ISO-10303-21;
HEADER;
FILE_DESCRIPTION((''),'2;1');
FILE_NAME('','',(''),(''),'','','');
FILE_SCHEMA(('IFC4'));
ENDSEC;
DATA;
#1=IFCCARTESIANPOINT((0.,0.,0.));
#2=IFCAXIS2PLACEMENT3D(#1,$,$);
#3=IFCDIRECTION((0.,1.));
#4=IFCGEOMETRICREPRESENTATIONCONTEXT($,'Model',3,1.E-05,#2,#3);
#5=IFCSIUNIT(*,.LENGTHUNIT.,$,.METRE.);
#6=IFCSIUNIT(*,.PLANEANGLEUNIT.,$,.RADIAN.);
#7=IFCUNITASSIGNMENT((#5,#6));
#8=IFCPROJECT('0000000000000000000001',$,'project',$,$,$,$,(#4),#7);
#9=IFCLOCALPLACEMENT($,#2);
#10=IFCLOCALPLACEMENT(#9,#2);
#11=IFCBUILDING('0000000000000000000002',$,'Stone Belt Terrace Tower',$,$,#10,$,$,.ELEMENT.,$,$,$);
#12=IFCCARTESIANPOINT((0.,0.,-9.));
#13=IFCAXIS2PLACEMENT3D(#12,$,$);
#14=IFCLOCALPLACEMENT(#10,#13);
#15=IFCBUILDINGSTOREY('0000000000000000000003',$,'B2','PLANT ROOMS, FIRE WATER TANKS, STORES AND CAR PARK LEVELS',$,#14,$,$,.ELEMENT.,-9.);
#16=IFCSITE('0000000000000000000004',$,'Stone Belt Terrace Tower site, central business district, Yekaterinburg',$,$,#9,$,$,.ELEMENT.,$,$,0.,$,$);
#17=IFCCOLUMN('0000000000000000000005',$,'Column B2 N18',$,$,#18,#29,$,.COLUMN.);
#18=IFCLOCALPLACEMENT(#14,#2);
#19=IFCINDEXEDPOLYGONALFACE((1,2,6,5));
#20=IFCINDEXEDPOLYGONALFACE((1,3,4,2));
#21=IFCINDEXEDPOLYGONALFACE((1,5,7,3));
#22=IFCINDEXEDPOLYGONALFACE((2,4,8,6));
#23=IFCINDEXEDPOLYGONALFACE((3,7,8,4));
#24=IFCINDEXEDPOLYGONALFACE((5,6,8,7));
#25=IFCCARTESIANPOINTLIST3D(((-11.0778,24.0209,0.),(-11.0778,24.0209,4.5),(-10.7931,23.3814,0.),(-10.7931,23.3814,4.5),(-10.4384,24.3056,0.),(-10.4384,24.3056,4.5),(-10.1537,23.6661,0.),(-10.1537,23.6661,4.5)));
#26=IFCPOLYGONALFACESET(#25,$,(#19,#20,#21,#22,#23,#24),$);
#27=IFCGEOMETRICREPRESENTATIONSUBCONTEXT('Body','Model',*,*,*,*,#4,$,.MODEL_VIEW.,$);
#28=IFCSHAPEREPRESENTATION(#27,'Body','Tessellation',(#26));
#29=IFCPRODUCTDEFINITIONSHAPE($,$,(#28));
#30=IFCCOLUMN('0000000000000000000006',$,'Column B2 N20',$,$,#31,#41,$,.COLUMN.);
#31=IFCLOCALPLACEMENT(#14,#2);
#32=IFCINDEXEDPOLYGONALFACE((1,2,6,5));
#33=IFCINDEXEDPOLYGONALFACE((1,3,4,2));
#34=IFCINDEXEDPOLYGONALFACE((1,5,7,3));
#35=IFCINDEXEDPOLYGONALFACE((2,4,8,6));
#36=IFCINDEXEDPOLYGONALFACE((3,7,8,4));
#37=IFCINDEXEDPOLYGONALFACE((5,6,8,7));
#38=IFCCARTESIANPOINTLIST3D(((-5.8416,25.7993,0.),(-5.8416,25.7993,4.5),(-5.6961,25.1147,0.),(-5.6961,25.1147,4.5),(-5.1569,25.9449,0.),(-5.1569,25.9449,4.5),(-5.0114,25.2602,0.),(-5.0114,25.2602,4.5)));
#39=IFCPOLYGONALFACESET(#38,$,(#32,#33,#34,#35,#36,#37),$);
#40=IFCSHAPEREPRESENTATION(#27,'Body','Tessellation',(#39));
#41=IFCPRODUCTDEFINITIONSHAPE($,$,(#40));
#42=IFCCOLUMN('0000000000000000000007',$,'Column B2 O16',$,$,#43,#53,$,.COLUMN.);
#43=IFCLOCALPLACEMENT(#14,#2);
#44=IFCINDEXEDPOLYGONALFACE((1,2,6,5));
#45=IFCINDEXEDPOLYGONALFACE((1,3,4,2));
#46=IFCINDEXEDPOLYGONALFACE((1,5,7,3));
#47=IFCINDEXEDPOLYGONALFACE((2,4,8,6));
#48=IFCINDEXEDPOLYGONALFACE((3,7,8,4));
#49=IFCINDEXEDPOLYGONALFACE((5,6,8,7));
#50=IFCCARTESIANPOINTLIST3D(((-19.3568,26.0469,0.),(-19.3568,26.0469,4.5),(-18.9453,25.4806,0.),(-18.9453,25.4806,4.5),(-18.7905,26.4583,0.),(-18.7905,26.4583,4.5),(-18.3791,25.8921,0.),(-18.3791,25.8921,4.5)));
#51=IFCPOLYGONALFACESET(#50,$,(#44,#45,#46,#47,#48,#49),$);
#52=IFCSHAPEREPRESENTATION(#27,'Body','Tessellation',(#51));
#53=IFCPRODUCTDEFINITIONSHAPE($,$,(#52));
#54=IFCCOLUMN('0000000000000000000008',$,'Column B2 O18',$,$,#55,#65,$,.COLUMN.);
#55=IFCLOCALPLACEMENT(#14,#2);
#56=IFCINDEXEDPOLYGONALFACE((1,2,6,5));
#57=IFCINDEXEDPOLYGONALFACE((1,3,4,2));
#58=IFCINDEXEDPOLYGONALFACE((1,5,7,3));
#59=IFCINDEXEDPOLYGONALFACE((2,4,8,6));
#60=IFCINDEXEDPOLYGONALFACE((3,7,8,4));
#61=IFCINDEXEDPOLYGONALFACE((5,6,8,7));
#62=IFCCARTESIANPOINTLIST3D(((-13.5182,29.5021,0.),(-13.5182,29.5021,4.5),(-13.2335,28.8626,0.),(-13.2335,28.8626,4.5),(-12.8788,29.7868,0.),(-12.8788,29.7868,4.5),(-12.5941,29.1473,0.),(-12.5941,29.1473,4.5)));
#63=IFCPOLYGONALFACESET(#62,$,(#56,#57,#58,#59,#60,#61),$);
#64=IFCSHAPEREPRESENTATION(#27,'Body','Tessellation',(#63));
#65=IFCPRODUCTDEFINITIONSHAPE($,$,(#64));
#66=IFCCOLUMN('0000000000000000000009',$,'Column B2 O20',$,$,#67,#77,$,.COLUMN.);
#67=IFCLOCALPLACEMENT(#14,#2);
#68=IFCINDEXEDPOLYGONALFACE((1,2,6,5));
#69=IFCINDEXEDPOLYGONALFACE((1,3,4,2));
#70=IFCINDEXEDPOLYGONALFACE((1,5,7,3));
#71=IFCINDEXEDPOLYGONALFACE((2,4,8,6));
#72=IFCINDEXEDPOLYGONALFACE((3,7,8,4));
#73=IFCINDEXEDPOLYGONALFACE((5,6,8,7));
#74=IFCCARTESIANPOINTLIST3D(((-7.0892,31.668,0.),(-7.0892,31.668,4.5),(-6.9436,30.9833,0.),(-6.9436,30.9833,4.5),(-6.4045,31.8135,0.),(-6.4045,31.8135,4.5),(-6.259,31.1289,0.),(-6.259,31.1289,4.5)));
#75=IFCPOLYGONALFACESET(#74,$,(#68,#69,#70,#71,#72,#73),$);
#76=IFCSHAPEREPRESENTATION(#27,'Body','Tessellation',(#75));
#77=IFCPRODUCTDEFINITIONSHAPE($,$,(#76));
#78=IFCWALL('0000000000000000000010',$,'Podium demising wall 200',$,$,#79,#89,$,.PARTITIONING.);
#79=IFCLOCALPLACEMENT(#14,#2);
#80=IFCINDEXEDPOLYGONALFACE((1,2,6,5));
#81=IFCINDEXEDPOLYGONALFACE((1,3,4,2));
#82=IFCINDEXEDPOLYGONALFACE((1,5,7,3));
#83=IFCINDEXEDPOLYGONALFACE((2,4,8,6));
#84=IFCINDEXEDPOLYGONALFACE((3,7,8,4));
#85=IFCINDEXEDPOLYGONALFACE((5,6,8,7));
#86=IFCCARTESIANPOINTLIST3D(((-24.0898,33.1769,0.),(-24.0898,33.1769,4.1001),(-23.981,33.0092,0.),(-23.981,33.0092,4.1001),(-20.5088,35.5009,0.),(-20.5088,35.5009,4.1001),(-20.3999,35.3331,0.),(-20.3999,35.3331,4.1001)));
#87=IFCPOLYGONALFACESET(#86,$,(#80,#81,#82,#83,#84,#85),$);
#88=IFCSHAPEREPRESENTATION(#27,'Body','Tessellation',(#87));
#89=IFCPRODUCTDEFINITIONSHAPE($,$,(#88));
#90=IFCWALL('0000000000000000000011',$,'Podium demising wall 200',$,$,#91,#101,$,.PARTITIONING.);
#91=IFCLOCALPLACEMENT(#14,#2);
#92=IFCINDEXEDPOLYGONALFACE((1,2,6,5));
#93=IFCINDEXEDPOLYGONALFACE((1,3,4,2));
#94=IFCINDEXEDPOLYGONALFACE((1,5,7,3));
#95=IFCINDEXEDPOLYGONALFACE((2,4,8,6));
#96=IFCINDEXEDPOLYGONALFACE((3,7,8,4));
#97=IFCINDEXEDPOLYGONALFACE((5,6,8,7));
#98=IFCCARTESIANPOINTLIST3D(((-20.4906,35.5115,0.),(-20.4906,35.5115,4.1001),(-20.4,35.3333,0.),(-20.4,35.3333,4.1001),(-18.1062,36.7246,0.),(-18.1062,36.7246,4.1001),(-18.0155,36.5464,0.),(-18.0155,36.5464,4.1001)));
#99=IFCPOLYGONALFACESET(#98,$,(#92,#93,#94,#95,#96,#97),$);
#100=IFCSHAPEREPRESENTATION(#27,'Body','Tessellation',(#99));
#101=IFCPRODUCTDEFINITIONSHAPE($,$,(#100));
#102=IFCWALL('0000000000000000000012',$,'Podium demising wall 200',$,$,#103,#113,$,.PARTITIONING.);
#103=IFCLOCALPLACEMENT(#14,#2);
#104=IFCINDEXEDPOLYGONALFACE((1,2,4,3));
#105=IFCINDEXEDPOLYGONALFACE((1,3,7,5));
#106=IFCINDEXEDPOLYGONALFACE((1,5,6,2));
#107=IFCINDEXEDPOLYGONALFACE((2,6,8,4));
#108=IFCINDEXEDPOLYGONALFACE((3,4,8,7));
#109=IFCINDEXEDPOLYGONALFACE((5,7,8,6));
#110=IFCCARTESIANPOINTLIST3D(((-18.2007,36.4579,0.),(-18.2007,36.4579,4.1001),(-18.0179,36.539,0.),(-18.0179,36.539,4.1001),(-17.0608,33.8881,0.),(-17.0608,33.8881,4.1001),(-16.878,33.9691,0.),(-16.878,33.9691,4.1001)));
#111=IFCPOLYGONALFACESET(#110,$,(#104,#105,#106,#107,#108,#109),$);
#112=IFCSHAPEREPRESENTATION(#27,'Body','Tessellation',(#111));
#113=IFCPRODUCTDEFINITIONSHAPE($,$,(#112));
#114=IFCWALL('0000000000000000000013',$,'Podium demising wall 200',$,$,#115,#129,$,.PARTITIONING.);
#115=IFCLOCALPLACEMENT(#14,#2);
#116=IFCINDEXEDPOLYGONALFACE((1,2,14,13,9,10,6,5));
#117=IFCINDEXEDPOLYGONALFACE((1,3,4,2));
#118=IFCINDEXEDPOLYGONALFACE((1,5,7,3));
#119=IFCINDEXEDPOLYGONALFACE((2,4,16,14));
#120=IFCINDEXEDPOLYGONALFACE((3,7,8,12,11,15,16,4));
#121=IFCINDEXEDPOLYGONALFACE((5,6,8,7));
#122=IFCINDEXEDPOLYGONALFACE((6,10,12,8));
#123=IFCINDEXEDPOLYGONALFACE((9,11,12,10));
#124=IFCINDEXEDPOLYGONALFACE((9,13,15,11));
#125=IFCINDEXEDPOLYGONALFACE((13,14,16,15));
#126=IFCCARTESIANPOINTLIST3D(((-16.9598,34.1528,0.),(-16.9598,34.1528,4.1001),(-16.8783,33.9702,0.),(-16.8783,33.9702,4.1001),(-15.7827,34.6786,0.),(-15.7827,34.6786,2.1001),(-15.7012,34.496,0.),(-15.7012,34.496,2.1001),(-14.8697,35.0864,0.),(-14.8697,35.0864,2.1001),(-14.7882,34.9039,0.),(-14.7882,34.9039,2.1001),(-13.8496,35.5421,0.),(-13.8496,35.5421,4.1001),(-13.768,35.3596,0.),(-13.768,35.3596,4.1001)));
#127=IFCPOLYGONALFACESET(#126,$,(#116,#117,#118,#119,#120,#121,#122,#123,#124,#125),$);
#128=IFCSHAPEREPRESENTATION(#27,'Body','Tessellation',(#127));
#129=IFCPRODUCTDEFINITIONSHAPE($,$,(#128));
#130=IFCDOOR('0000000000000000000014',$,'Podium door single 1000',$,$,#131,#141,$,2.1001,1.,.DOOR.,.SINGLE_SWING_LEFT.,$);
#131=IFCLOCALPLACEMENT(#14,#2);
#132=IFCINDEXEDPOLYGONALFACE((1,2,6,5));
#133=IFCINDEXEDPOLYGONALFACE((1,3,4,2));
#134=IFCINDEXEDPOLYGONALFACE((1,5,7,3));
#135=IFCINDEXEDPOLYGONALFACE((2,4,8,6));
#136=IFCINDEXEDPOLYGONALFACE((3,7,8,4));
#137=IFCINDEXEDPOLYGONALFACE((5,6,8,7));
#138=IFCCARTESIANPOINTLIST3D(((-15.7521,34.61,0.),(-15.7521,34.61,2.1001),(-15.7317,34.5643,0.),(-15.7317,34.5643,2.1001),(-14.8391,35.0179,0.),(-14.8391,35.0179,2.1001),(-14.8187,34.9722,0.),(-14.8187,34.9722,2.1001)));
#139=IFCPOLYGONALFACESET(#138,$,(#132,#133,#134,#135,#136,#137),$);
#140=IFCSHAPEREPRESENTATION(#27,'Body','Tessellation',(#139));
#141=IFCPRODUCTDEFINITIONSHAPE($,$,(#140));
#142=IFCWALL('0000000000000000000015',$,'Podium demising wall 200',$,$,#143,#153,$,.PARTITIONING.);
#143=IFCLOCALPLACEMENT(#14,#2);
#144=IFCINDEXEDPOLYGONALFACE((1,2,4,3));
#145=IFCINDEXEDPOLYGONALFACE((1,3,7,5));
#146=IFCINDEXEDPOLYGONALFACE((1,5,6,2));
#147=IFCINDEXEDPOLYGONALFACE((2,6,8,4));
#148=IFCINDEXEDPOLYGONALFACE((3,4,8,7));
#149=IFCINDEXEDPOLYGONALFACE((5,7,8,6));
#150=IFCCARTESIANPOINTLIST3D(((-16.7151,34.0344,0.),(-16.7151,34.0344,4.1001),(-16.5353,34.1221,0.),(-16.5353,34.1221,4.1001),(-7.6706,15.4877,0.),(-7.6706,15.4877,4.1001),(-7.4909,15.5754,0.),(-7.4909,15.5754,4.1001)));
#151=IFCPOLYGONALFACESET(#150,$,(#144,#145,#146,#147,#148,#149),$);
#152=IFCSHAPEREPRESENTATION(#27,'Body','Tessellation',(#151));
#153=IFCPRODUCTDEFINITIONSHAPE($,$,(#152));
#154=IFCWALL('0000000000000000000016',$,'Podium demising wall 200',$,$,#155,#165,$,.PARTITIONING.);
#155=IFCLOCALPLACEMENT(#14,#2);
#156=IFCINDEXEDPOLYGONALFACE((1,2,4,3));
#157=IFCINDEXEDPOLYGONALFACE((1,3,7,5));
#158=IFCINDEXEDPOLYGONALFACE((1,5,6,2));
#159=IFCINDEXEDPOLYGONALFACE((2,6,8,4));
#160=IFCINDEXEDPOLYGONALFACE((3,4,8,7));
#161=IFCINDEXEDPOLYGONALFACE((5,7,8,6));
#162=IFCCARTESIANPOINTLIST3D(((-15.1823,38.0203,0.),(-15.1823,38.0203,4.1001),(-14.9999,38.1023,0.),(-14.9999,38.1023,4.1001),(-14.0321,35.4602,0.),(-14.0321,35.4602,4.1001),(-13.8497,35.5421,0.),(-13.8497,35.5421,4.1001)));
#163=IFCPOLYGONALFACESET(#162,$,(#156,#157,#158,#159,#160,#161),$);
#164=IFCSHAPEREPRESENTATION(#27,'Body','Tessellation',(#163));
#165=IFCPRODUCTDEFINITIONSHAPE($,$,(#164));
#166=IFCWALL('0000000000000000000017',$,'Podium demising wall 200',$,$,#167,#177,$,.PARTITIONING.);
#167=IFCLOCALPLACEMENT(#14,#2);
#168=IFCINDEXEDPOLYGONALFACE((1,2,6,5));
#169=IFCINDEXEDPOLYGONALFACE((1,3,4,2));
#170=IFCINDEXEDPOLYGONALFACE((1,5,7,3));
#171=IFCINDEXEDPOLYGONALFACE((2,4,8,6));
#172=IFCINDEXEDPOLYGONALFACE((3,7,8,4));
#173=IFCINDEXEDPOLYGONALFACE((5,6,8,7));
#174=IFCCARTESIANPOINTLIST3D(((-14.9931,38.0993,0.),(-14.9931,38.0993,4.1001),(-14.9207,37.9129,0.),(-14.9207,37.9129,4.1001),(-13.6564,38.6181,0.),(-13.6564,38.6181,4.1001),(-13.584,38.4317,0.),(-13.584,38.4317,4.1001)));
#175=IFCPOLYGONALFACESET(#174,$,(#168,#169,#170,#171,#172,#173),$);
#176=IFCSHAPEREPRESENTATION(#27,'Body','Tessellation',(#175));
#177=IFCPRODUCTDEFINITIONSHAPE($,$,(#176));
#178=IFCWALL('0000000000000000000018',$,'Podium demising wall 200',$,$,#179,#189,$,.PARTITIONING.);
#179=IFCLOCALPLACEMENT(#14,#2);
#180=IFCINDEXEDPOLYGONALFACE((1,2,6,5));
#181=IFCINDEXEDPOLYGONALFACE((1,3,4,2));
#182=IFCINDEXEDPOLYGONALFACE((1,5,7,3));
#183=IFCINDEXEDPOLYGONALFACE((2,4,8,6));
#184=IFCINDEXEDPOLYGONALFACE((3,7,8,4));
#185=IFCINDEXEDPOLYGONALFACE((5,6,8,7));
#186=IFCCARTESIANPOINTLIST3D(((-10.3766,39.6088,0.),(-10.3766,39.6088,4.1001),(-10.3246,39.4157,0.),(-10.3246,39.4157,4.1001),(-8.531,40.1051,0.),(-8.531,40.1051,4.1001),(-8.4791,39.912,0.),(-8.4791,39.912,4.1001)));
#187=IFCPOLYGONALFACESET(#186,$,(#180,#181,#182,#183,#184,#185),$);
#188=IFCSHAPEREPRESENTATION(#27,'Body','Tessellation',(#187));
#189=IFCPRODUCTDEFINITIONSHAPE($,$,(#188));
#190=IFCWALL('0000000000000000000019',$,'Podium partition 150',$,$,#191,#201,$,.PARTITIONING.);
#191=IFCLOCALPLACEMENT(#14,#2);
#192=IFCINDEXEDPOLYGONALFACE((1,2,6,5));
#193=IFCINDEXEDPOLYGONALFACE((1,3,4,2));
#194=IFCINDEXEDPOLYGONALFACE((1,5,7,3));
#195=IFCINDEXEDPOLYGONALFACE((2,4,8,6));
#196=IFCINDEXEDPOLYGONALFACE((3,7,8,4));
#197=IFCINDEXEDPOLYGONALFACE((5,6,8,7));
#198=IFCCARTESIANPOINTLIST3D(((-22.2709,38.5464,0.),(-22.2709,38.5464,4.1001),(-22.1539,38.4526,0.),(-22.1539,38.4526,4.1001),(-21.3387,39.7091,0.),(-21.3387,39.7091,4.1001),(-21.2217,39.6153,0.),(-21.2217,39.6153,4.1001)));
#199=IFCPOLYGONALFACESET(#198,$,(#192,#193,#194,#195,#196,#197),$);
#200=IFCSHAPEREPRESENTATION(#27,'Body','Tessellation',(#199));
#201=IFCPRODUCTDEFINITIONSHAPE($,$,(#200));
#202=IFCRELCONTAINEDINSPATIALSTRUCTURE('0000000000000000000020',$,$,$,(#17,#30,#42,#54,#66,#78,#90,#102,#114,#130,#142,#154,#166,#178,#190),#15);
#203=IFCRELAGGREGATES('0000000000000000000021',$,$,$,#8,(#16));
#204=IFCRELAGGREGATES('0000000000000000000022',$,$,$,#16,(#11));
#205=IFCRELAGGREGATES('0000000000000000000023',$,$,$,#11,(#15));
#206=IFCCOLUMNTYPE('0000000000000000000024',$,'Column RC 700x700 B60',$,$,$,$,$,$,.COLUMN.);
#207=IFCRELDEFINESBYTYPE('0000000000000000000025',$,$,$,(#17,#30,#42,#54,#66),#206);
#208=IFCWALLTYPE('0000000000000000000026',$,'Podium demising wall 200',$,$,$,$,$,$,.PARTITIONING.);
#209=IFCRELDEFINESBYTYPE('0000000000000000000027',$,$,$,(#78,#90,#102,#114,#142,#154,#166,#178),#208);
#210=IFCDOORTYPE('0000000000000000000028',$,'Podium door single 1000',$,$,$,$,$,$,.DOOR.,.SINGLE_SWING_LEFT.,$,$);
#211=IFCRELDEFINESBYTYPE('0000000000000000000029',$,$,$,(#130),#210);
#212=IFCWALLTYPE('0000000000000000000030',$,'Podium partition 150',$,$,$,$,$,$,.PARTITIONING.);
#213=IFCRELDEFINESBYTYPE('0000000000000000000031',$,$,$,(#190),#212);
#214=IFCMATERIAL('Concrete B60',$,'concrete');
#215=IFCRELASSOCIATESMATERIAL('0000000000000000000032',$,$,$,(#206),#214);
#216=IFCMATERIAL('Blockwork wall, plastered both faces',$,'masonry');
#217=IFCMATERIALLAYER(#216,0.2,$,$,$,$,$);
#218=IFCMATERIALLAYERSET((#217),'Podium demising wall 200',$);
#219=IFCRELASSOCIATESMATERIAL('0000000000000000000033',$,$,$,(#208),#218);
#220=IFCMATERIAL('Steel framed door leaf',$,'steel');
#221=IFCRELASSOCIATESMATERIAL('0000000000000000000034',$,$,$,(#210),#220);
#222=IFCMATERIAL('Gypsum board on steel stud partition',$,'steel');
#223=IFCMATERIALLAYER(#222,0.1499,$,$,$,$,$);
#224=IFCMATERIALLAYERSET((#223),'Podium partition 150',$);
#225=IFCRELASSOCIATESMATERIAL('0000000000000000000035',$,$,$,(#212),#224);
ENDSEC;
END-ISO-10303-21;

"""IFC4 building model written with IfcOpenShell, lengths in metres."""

from ifc_helpers import new_model, si_unit, direction, frame, frame_2d, origin, origin_2d, place, context, subcontext, project, spatial, rectangle, extrude, material, layer, layer_set, material_profile, profile_set, type_object, element, fill, save


model = new_model("IFC4")

# Units and contexts
model_context = context("Model", 3, precision=1e-05, world=origin(), true_north=direction((0.0, 1.0)))
body_context = subcontext(model_context, "Body", "Model", "MODEL_VIEW")
ifc_project = project(units=[si_unit("LENGTHUNIT", "METRE"), si_unit("PLANEANGLEUNIT", "RADIAN")], contexts=[model_context])

# Site, building, storey
site_placement = place(None, origin())
site = spatial("IfcSite", under=ifc_project, at=site_placement, Name="Stone Belt Terrace Tower site, central business district, Yekaterinburg", CompositionType="ELEMENT", RefElevation=0.0)
building_placement = place(site_placement, origin())
building = spatial("IfcBuilding", under=site, at=building_placement, Name="Stone Belt Terrace Tower", CompositionType="ELEMENT")
storey_placement = place(building_placement, frame((0.0, 0.0, -9.0)))
storey = spatial("IfcBuildingStorey", under=building, at=storey_placement, Name="B2", Description="PLANT ROOMS, FIRE WATER TANKS, STORES AND CAR PARK LEVELS", CompositionType="ELEMENT", Elevation=-9.0)

# Columns
ifc_material_1 = material(Name="Concrete B60", Category="concrete")
ifc_material_profile = material_profile(ifc_material_1, rectangle(XDim=0.7, YDim=0.7, at=origin_2d()), Name="RC 700x700")
ifc_profile_set = profile_set([ifc_material_profile], Name="Concrete B60")
column_type = type_object("IfcColumnType", Name="Column RC 700x700 B60", PredefinedType="COLUMN", material=ifc_profile_set)
for number, where, z_axis, x_axis, name in (
    (1, (-10.6157, 23.8435, 0.0), (0.0, 0.0, 1.0), (0.913545, 0.406737, 0.0), "Column B2 N18"),
    (2, (-5.4265, 25.5298, 0.0), (0.0, 0.0, 1.0), (0.978148, 0.207912, 0.0), "Column B2 N20"),
    (3, (-18.8679, 25.9695, 0.0), (0.0, 0.0, 1.0), (0.809017, 0.587785, 0.0), "Column B2 O16"),
    (4, (-13.0562, 29.3247, 0.0), (0.0, 0.0, 1.0), (0.913545, 0.406737, 0.0), "Column B2 O18"),
    (5, (-6.6741, 31.3984, 0.0), (0.0, 0.0, 1.0), (0.978148, 0.207912, 0.0), "Column B2 O20"),
):
    element("IfcColumn", number, at=place(storey_placement, frame(where, z_axis=z_axis, x_axis=x_axis)), inside=storey, type_object=column_type, Name=name, PredefinedType="COLUMN", context=body_context, shape_type="SweptSolid", body=[
        extrude(rectangle(XDim=0.7, YDim=0.7, at=origin_2d()), origin(), (0.0, 0.0, 1.0), 4.5),
    ])

# Walls
ifc_material_2 = material(Name="Blockwork wall, plastered both faces", Category="masonry")
ifc_layer_1 = layer(ifc_material_2, 0.2)
ifc_layer_set_1 = layer_set([ifc_layer_1], Name="Podium demising wall 200")
wall_type_1 = type_object("IfcWallType", Name="Podium demising wall 200", PredefinedType="PARTITIONING", material=ifc_layer_set_1)
wall_1_placement = place(storey_placement, frame((-24.0354, 33.093, 0.0), z_axis=(0.0, 0.0, 1.0), x_axis=(0.838841, 0.544377, 0.0)))
element("IfcWall", 6, at=wall_1_placement, inside=storey, type_object=wall_type_1, Name="Podium demising wall 200", PredefinedType="PARTITIONING", context=body_context, shape_type="SweptSolid", body=[
    extrude(rectangle(XDim=4.269, YDim=0.2, at=frame_2d((2.1345, 0.0))), origin(), (0.0, 0.0, 1.0), 4.1001),
])
wall_2_placement = place(storey_placement, frame((-20.4453, 35.4224, 0.0), z_axis=(0.0, 0.0, 1.0), x_axis=(0.891285, 0.453445, 0.0)))
element("IfcWall", 7, at=wall_2_placement, inside=storey, type_object=wall_type_1, Name="Podium demising wall 200", PredefinedType="PARTITIONING", context=body_context, shape_type="SweptSolid", body=[
    extrude(rectangle(XDim=2.6753, YDim=0.2, at=frame_2d((1.3376, 0.0))), origin(), (0.0, 0.0, 1.0), 4.1001),
])
wall_3_placement = place(storey_placement, frame((-18.1094, 36.4985, 0.0), z_axis=(0.0, 0.0, 1.0), x_axis=(0.40547, -0.914109, 0.0)))
element("IfcWall", 8, at=wall_3_placement, inside=storey, type_object=wall_type_1, Name="Podium demising wall 200", PredefinedType="PARTITIONING", context=body_context, shape_type="SweptSolid", body=[
    extrude(rectangle(XDim=2.8113, YDim=0.2, at=frame_2d((1.4058, 0.0))), origin(), (0.0, 0.0, 1.0), 4.1001),
])

# Wall, opening, door
wall_4_placement = place(storey_placement, frame((-16.9189, 34.0615, 0.0), z_axis=(0.0, 0.0, 1.0), x_axis=(0.913044, 0.40786, 0.0)))
wall_4 = element("IfcWall", 9, at=wall_4_placement, inside=storey, type_object=wall_type_1, Name="Podium demising wall 200", PredefinedType="PARTITIONING", context=body_context, shape_type="SweptSolid", body=[
    extrude(rectangle(XDim=3.4065, YDim=0.2, at=frame_2d((1.7031, 0.0))), origin(), (0.0, 0.0, 1.0), 4.1001),
])
opening_placement = place(wall_4_placement, frame((1.2891, 0.0, 0.0)))
opening = element("IfcOpeningElement", 10, at=opening_placement, cuts=wall_4, PredefinedType="OPENING", context=body_context, shape_type="SweptSolid", body=[
    extrude(rectangle(XDim=1.0, YDim=2.1001, at=frame_2d((0.5, 1.05))), frame((0.0, 0.1099, 0.0), z_axis=(0.0, -1.0, 0.0), x_axis=(1.0, 0.0, 0.0)), (0.0, 0.0, 1.0), 0.22),
])
ifc_material_3 = material(Name="Steel framed door leaf", Category="steel")
door_type = type_object("IfcDoorType", Name="Podium door single 1000", OperationType="SINGLE_SWING_LEFT", PredefinedType="DOOR", material=ifc_material_3)
door_placement = place(opening_placement, origin())
door = element("IfcDoor", 11, at=door_placement, inside=storey, type_object=door_type, Name="Podium door single 1000", OperationType="SINGLE_SWING_LEFT", OverallHeight=2.1001, OverallWidth=1.0, PredefinedType="DOOR", context=body_context, shape_type="SweptSolid", body=[
    extrude(rectangle(XDim=1.0, YDim=2.1001, at=frame_2d((0.5, 1.05))), frame((0.0, 0.0249, 0.0), z_axis=(0.0, -1.0, 0.0), x_axis=(1.0, 0.0, 0.0)), (0.0, 0.0, 1.0), 0.05),
])
fill(opening, door)

# Walls
wall_5_placement = place(storey_placement, frame((-16.6252, 34.0784, 0.0), z_axis=(0.0, 0.0, 1.0), x_axis=(0.438318, -0.89882, 0.0)))
element("IfcWall", 12, at=wall_5_placement, inside=storey, type_object=wall_type_1, Name="Podium demising wall 200", PredefinedType="PARTITIONING", context=body_context, shape_type="SweptSolid", body=[
    extrude(rectangle(XDim=20.6345, YDim=0.2, at=frame_2d((10.3174, 0.0))), origin(), (0.0, 0.0, 1.0), 4.1001),
])
wall_6_placement = place(storey_placement, frame((-15.0911, 38.0613, 0.0), z_axis=(0.0, 0.0, 1.0), x_axis=(0.409808, -0.912172, 0.0)))
element("IfcWall", 13, at=wall_6_placement, inside=storey, type_object=wall_type_1, Name="Podium demising wall 200", PredefinedType="PARTITIONING", context=body_context, shape_type="SweptSolid", body=[
    extrude(rectangle(XDim=2.8066, YDim=0.2, at=frame_2d((1.4033, 0.0))), origin(), (0.0, 0.0, 1.0), 4.1001),
])
wall_7_placement = place(storey_placement, frame((-14.9568, 38.0061, 0.0), z_axis=(0.0, 0.0, 1.0), x_axis=(0.932244, 0.36183, 0.0)))
element("IfcWall", 14, at=wall_7_placement, inside=storey, type_object=wall_type_1, Name="Podium demising wall 200", PredefinedType="PARTITIONING", context=body_context, shape_type="SweptSolid", body=[
    extrude(rectangle(XDim=1.4338, YDim=0.2, at=frame_2d((0.7168, 0.0))), origin(), (0.0, 0.0, 1.0), 4.1001),
])
wall_8_placement = place(storey_placement, frame((-10.3506, 39.5122, 0.0), z_axis=(0.0, 0.0, 1.0), x_axis=(0.965684, 0.259721, 0.0)))
element("IfcWall", 15, at=wall_8_placement, inside=storey, type_object=wall_type_1, Name="Podium demising wall 200", PredefinedType="PARTITIONING", context=body_context, shape_type="SweptSolid", body=[
    extrude(rectangle(XDim=1.9111, YDim=0.2, at=frame_2d((0.9556, 0.0))), origin(), (0.0, 0.0, 1.0), 4.1001),
])
ifc_material_4 = material(Name="Gypsum board on steel stud partition", Category="steel")
ifc_layer_2 = layer(ifc_material_4, 0.1499)
ifc_layer_set_2 = layer_set([ifc_layer_2], Name="Podium partition 150")
wall_type_2 = type_object("IfcWallType", Name="Podium partition 150", PredefinedType="PARTITIONING", material=ifc_layer_set_2)
wall_9_placement = place(storey_placement, frame((-22.2124, 38.4995, 0.0), z_axis=(0.0, 0.0, 1.0), x_axis=(0.625534, 0.780197, 0.0)))
element("IfcWall", 16, at=wall_9_placement, inside=storey, type_object=wall_type_2, Name="Podium partition 150", PredefinedType="PARTITIONING", context=body_context, shape_type="SweptSolid", body=[
    extrude(rectangle(XDim=1.4902, YDim=0.1499, at=frame_2d((0.7451, 0.0))), origin(), (0.0, 0.0, 1.0), 4.1001),
])

save(model, "model.ifc")
